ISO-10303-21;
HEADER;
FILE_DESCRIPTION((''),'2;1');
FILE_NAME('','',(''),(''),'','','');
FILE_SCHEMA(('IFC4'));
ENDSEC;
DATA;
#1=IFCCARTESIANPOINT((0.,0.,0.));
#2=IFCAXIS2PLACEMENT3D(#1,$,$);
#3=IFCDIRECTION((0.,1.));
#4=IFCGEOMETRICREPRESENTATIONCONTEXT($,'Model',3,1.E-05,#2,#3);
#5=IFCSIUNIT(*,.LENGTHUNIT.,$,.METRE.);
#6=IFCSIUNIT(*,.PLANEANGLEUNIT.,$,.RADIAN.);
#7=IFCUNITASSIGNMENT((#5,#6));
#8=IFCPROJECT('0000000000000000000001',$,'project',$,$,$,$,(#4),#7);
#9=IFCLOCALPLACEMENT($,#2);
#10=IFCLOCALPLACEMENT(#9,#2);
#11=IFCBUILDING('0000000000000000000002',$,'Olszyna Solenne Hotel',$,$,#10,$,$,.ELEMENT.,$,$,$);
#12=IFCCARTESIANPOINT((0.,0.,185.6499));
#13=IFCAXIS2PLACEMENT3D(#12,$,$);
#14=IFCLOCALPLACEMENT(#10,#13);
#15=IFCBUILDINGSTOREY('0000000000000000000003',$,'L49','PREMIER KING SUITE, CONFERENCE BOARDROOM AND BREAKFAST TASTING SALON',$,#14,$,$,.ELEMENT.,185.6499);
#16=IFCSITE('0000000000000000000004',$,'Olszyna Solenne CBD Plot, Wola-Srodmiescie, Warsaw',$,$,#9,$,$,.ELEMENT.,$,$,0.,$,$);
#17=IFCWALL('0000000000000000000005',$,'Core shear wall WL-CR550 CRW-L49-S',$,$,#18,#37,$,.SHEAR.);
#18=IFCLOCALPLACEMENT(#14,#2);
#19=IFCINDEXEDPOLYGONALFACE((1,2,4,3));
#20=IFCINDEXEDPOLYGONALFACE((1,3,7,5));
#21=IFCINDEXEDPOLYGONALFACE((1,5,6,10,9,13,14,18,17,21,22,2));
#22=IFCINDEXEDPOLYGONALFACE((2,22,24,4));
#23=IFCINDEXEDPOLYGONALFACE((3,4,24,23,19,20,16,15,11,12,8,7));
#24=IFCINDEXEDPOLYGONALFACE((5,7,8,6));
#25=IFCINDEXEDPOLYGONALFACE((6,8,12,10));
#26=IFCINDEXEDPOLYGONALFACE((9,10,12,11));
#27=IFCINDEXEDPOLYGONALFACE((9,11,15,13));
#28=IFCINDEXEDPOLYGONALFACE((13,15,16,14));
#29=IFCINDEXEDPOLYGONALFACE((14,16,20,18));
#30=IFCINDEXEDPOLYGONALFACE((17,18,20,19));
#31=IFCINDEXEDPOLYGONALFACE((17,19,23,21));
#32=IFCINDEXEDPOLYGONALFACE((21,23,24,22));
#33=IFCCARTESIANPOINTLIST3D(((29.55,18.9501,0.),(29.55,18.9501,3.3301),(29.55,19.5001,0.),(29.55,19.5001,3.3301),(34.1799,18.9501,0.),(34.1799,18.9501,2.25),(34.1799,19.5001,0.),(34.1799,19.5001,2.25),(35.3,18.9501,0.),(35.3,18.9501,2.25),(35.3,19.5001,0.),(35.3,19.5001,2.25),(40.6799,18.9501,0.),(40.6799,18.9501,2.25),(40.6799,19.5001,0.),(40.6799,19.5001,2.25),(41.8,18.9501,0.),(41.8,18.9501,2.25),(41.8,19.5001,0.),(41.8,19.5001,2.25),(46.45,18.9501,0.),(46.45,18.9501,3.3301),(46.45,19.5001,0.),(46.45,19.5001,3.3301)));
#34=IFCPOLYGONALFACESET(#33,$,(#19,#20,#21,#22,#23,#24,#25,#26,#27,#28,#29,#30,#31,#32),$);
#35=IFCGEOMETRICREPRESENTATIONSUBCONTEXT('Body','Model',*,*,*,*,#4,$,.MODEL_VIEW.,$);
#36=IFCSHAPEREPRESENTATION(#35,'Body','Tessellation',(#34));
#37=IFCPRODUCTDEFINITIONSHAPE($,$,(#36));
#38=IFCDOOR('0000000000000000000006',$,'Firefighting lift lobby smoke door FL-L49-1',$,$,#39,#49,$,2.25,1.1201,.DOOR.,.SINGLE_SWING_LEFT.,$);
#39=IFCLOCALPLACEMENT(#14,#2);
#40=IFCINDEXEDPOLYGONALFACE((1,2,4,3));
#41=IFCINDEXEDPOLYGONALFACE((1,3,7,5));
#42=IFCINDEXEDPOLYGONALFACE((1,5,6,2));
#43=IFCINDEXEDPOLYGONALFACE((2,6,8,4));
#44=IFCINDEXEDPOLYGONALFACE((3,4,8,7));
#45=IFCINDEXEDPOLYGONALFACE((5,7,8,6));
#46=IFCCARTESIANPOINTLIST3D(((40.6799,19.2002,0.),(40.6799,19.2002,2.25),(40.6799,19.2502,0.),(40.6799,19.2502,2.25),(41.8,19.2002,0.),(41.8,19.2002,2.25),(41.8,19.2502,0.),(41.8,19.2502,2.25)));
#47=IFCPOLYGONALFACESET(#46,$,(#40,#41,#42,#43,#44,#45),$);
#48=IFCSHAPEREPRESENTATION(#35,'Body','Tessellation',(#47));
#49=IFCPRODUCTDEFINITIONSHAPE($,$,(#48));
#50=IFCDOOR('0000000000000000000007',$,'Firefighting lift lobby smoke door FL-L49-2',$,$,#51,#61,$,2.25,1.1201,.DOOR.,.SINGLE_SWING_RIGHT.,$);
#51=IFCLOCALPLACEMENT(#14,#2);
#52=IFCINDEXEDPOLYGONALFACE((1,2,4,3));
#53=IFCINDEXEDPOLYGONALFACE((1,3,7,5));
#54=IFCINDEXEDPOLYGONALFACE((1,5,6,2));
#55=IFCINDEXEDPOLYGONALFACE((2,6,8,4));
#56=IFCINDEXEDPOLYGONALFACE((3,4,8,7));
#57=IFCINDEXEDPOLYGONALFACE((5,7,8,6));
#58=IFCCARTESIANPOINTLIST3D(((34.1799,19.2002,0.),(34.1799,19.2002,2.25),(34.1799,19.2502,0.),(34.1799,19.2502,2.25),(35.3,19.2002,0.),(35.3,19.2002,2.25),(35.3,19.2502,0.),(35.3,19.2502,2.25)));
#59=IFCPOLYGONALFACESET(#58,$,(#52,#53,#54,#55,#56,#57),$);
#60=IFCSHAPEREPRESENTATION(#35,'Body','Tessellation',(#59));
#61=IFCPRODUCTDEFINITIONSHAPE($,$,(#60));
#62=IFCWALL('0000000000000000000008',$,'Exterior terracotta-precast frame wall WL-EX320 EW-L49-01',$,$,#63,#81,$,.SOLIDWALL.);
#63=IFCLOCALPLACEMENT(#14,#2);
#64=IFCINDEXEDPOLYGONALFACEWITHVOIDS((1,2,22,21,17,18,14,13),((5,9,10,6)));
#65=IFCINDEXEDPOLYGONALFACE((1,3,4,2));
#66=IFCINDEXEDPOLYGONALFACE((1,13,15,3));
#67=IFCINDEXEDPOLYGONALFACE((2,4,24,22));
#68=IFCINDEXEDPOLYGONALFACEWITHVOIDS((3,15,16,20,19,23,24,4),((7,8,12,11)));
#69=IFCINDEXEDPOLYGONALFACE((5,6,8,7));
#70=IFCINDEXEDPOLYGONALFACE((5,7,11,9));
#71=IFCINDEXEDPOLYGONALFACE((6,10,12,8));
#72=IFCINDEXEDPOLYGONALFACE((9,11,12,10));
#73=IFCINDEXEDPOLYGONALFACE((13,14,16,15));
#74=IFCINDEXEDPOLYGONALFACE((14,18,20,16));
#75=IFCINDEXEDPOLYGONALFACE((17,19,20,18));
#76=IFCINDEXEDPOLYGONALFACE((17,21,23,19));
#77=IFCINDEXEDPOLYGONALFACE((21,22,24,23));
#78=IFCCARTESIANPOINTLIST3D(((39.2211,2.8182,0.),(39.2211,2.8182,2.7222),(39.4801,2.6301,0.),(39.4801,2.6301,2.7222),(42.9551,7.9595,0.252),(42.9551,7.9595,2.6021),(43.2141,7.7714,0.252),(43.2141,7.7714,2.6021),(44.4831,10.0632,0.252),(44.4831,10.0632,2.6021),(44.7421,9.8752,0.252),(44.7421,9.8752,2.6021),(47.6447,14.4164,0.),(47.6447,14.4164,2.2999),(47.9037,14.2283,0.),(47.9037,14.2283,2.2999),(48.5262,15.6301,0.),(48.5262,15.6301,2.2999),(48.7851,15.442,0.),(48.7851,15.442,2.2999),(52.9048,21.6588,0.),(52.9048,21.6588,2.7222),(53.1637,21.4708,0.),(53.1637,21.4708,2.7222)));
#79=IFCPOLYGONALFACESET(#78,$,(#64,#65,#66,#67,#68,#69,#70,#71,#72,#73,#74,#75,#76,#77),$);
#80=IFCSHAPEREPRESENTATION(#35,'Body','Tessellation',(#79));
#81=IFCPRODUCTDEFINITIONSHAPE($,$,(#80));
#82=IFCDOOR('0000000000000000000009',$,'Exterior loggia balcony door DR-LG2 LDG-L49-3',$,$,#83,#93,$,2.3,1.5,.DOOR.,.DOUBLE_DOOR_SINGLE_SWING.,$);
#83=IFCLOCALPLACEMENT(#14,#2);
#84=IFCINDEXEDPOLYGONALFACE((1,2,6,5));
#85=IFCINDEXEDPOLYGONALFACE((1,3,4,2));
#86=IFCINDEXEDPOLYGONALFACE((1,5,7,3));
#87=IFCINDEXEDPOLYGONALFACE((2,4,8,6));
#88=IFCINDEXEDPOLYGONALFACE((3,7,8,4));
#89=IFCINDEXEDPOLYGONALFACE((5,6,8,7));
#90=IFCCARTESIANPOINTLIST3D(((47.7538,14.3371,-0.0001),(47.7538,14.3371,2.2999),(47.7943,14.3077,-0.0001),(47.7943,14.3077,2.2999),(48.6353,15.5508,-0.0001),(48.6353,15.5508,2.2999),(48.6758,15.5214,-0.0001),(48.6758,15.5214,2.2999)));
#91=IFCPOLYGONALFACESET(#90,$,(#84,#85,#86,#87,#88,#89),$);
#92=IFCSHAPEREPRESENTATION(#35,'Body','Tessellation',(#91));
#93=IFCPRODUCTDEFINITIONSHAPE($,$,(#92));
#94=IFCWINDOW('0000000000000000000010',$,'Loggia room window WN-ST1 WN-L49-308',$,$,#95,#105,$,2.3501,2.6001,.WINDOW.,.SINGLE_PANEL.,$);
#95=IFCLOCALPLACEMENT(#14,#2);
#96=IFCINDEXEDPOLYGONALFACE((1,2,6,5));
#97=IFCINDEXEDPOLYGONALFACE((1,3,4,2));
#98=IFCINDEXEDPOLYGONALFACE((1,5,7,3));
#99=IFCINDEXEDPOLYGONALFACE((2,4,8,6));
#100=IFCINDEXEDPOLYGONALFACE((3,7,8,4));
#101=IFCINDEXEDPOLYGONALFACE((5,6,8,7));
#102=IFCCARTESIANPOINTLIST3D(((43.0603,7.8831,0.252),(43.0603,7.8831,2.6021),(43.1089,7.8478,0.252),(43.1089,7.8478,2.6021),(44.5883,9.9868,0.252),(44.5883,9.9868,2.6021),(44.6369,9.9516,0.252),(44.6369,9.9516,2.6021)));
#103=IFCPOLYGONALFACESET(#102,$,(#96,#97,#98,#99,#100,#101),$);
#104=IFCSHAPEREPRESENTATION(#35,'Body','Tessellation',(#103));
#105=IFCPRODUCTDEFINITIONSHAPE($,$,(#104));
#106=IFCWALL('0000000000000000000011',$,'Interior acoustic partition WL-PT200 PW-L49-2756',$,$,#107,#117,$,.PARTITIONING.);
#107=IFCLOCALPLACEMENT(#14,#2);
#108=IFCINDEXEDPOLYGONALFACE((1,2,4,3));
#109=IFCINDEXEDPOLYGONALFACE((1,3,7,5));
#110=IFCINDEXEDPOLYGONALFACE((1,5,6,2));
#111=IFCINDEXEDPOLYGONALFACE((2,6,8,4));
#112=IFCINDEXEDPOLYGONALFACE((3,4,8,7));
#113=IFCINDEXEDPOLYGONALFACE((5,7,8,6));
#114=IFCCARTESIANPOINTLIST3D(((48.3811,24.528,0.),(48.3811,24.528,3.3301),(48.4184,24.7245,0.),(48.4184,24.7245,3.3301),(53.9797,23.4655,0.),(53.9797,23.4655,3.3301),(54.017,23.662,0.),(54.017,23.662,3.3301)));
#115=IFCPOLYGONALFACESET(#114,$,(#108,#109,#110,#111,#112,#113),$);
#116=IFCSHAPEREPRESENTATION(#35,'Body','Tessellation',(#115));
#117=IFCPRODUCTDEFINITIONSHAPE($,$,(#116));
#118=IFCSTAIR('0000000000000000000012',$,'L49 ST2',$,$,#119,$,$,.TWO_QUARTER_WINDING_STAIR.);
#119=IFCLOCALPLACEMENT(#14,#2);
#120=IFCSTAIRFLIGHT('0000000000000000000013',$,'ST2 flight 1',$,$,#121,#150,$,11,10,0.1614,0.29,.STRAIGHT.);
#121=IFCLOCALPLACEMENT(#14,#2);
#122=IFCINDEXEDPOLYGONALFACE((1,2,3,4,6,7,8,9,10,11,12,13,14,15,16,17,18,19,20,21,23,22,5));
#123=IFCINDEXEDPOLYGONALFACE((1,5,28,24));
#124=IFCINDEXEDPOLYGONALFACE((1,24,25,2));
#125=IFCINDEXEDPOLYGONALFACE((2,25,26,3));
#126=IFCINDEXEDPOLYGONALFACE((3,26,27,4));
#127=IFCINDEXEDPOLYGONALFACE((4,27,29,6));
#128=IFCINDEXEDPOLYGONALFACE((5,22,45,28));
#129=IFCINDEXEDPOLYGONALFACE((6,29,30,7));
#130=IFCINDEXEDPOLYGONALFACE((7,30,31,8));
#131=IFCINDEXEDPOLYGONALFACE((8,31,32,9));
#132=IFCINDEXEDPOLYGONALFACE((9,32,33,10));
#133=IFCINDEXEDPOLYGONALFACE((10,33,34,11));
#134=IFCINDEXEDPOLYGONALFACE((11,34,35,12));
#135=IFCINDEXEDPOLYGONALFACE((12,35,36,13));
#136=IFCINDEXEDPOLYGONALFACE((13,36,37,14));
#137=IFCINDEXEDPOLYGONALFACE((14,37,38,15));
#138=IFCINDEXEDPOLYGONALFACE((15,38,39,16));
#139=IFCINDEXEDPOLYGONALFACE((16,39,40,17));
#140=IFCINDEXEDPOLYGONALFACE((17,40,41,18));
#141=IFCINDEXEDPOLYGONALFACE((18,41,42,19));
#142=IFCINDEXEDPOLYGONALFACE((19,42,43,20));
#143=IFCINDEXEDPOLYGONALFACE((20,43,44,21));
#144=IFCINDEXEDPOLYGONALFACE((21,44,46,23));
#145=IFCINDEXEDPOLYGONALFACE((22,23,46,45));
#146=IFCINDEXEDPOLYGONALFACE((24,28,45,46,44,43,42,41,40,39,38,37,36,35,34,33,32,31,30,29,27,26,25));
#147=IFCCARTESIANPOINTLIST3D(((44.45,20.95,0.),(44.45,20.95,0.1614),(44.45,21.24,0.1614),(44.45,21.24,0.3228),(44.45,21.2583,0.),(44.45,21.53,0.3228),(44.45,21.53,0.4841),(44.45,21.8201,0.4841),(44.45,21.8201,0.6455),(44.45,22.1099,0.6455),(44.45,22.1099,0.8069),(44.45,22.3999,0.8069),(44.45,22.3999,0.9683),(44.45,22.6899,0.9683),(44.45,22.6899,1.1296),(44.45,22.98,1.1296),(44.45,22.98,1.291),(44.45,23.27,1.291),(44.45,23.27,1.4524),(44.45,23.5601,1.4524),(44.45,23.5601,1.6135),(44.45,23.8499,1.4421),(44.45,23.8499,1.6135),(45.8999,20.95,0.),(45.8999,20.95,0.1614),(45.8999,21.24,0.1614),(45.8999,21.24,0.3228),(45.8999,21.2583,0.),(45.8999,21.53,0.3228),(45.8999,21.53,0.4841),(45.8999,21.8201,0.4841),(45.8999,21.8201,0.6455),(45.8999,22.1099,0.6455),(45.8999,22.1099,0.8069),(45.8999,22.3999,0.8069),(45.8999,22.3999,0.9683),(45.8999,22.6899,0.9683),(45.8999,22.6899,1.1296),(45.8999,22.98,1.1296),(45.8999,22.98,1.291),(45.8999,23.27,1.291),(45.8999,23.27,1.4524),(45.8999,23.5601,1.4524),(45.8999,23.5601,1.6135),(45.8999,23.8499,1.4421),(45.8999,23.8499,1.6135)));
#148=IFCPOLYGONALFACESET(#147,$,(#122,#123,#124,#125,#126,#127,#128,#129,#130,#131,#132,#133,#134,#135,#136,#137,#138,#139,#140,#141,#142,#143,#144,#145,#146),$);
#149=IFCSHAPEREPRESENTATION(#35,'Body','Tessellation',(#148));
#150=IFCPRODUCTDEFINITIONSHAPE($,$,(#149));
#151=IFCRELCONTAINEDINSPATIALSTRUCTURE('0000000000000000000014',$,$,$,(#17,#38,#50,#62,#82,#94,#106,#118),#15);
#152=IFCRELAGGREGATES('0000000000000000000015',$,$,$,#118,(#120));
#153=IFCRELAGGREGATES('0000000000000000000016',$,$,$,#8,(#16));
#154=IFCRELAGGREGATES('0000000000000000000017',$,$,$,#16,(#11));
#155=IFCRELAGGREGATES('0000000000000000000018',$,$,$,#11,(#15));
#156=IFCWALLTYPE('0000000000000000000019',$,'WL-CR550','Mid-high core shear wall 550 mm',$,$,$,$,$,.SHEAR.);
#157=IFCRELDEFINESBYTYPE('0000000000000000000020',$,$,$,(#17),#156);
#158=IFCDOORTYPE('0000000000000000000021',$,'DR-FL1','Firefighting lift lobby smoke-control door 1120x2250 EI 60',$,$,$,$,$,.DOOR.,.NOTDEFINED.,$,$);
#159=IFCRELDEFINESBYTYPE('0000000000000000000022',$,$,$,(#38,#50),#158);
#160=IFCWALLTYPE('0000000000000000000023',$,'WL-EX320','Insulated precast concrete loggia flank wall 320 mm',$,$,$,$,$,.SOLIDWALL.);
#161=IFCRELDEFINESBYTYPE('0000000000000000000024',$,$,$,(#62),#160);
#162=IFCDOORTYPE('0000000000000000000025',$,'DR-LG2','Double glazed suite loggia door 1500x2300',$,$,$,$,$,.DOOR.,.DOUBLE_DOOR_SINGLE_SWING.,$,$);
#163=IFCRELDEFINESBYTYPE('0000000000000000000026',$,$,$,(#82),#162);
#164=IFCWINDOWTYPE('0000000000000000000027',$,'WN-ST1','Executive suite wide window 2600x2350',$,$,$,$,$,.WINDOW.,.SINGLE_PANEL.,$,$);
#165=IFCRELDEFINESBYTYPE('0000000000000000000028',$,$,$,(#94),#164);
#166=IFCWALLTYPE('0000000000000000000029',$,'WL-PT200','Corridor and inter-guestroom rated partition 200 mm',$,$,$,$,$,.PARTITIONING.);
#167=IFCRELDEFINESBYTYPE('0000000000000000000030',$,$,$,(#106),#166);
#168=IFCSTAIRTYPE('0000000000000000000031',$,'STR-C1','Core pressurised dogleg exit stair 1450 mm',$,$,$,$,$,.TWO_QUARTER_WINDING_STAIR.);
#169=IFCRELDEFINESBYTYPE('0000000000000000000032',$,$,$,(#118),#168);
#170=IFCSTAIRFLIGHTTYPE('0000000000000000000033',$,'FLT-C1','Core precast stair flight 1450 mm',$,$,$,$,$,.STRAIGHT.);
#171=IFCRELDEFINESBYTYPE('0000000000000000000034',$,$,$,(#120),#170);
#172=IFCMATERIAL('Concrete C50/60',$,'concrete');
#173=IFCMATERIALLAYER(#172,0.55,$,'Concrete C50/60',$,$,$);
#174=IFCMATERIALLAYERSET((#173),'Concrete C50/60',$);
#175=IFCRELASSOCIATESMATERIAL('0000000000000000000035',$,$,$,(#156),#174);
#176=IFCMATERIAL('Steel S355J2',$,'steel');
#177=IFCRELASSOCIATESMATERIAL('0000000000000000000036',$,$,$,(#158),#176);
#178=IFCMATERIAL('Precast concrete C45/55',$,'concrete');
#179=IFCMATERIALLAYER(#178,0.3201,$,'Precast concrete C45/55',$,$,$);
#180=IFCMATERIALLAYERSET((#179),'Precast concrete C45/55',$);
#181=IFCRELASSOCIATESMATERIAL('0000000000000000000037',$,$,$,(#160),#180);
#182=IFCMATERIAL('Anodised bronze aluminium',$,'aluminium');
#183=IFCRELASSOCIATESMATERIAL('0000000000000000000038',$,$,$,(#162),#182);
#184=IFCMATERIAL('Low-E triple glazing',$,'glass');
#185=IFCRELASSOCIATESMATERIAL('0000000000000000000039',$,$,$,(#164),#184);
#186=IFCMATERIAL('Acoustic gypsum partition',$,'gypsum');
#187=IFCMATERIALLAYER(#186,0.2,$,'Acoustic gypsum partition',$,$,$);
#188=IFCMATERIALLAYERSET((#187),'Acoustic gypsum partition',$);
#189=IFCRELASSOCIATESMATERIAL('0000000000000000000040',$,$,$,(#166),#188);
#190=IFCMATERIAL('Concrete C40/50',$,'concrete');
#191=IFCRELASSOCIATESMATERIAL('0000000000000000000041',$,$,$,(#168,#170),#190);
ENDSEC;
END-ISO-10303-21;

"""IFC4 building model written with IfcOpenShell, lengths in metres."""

from ifc_helpers import new_model, si_unit, direction, frame, frame_2d, origin, place, context, subcontext, project, spatial, polyline, rectangle, outline, extrude, source, transform, mapped, material, layer, layer_set, type_object, type_shapes, element, fill, aggregate, save


model = new_model("IFC4")

# Units and contexts
model_context = context("Model", 3, precision=1e-05, world=origin(), true_north=direction((0.0, 1.0)))
body_context = subcontext(model_context, "Body", "Model", "MODEL_VIEW")
ifc_project = project(units=[si_unit("LENGTHUNIT", "METRE"), si_unit("PLANEANGLEUNIT", "RADIAN")], contexts=[model_context])

# Site, building, storey
site_placement = place(None, origin())
site = spatial("IfcSite", under=ifc_project, at=site_placement, Name="Olszyna Solenne CBD Plot, Wola-Srodmiescie, Warsaw", CompositionType="ELEMENT", RefElevation=0.0)
building_placement = place(site_placement, origin())
building = spatial("IfcBuilding", under=site, at=building_placement, Name="Olszyna Solenne Hotel", CompositionType="ELEMENT")
storey_placement = place(building_placement, frame((0.0, 0.0, 185.6499)))
storey = spatial("IfcBuildingStorey", under=building, at=storey_placement, Name="L49", Description="PREMIER KING SUITE, CONFERENCE BOARDROOM AND BREAKFAST TASTING SALON", CompositionType="ELEMENT", Elevation=185.6499)

# Shared definitions
ifc_material_1 = material(Name="Steel S355J2", Category="steel")
ifc_material_2 = material(Name="Concrete C50/60", Category="concrete")

# Wall, openings, doors
ifc_layer_1 = layer(ifc_material_2, 0.55, Name="Concrete C50/60")
ifc_layer_set_1 = layer_set([ifc_layer_1], Name="Concrete C50/60")
wall_type_1 = type_object("IfcWallType", Name="WL-CR550", Description="Mid-high core shear wall 550 mm", PredefinedType="SHEAR", material=ifc_layer_set_1)
wall_1_placement = place(storey_placement, frame((46.45, 19.2251, 0.0), z_axis=(0.0, 0.0, 1.0), x_axis=(-1.0, 0.0, 0.0)))
wall_1 = element("IfcWall", 1, at=wall_1_placement, inside=storey, type_object=wall_type_1, Name="Core shear wall WL-CR550 CRW-L49-S", PredefinedType="SHEAR", context=body_context, shape_type="SweptSolid", body=[
    extrude(rectangle(XDim=16.8999, YDim=0.55, at=frame_2d((8.45, 0.0))), origin(), (0.0, 0.0, 1.0), 3.3301),
])
opening_1_placement = place(wall_1_placement, frame((4.6499, 0.0, 0.0)))
opening_1 = element("IfcOpeningElement", 2, at=opening_1_placement, cuts=wall_1, PredefinedType="OPENING", context=body_context, shape_type="SweptSolid", body=[
    extrude(rectangle(XDim=1.1201, YDim=2.25, at=frame_2d((0.5601, 1.125))), frame((0.0, 0.2852, 0.0), z_axis=(0.0, -1.0, 0.0), x_axis=(1.0, 0.0, 0.0)), (0.0, 0.0, 1.0), 0.5701),
])
opening_2_placement = place(wall_1_placement, frame((11.1499, 0.0, 0.0)))
opening_2 = element("IfcOpeningElement", 3, at=opening_2_placement, cuts=wall_1, PredefinedType="OPENING", context=body_context, shape_type="SweptSolid", body=[
    extrude(rectangle(XDim=1.1201, YDim=2.25, at=frame_2d((0.5601, 1.125))), frame((0.0, 0.2852, 0.0), z_axis=(0.0, -1.0, 0.0), x_axis=(1.0, 0.0, 0.0)), (0.0, 0.0, 1.0), 0.5701),
])
door_type_1 = type_object("IfcDoorType", Name="DR-FL1", Description="Firefighting lift lobby smoke-control door 1120x2250 EI 60", OperationType="NOTDEFINED", PredefinedType="DOOR", material=ifc_material_1)
shared_shape_1 = source(origin(), body_context, "Body", "SweptSolid", [
    extrude(rectangle(XDim=1.1201, YDim=2.25, at=frame_2d((0.5601, 1.125))), frame((0.0, 0.0249, 0.0), z_axis=(0.0, -1.0, 0.0), x_axis=(1.0, 0.0, 0.0)), (0.0, 0.0, 1.0), 0.05),
])
type_shapes(door_type_1, [shared_shape_1])
door_1_placement = place(opening_1_placement, origin())
door_1 = element("IfcDoor", 4, at=door_1_placement, inside=storey, type_object=door_type_1, Name="Firefighting lift lobby smoke door FL-L49-1", OperationType="SINGLE_SWING_LEFT", OverallHeight=2.25, OverallWidth=1.1201, PredefinedType="DOOR", context=body_context, shape_type="MappedRepresentation", body=[
    mapped(shared_shape_1, transform((0.0, 0.0, 0.0), x_axis=(1.0, 0.0, 0.0), y_axis=(0.0, 1.0, 0.0), z_axis=(0.0, 0.0, 1.0), scale=1.0)),
])
fill(opening_1, door_1)
door_2_placement = place(opening_2_placement, origin())
door_2 = element("IfcDoor", 5, at=door_2_placement, inside=storey, type_object=door_type_1, Name="Firefighting lift lobby smoke door FL-L49-2", OperationType="SINGLE_SWING_RIGHT", OverallHeight=2.25, OverallWidth=1.1201, PredefinedType="DOOR", context=body_context, shape_type="MappedRepresentation", body=[
    mapped(shared_shape_1, transform((0.0, 0.0, 0.0), x_axis=(1.0, 0.0, 0.0), y_axis=(0.0, 1.0, 0.0), z_axis=(0.0, 0.0, 1.0), scale=1.0)),
])
fill(opening_2, door_2)

# Wall, openings, door, window
ifc_material_3 = material(Name="Precast concrete C45/55", Category="concrete")
ifc_layer_2 = layer(ifc_material_3, 0.3201, Name="Precast concrete C45/55")
ifc_layer_set_2 = layer_set([ifc_layer_2], Name="Precast concrete C45/55")
wall_type_2 = type_object("IfcWallType", Name="WL-EX320", Description="Insulated precast concrete loggia flank wall 320 mm", PredefinedType="SOLIDWALL", material=ifc_layer_set_2)
wall_2_placement = place(storey_placement, frame((53.0342, 21.5647, 0.0), z_axis=(0.0, 0.0, 1.0), x_axis=(-0.587648, -0.809117, 0.0)))
wall_2 = element("IfcWall", 6, at=wall_2_placement, inside=storey, type_object=wall_type_2, Name="Exterior terracotta-precast frame wall WL-EX320 EW-L49-01", PredefinedType="SOLIDWALL", context=body_context, shape_type="SweptSolid", body=[
    extrude(rectangle(XDim=23.2854, YDim=0.3201, at=frame_2d((11.6426, 0.0))), origin(), (0.0, 0.0, 1.0), 2.7222),
])
opening_3_placement = place(wall_2_placement, frame((7.4509, 0.0, 0.0)))
opening_3 = element("IfcOpeningElement", 7, at=opening_3_placement, cuts=wall_2, PredefinedType="OPENING", context=body_context, shape_type="SweptSolid", body=[
    extrude(rectangle(XDim=1.5, YDim=2.3, at=frame_2d((0.75, 1.1499))), frame((0.0, 0.1699, 0.0), z_axis=(0.0, -1.0, 0.0), x_axis=(1.0, 0.0, 0.0)), (0.0, 0.0, 1.0), 0.3401),
])
opening_4_placement = place(wall_2_placement, frame((14.3311, 0.0, 0.252)))
opening_4 = element("IfcOpeningElement", 8, at=opening_4_placement, cuts=wall_2, PredefinedType="OPENING", context=body_context, shape_type="SweptSolid", body=[
    extrude(rectangle(XDim=2.6001, YDim=2.3501, at=frame_2d((1.3, 1.175))), frame((0.0, 0.1699, 0.0), z_axis=(0.0, -1.0, 0.0), x_axis=(1.0, 0.0, 0.0)), (0.0, 0.0, 1.0), 0.3401),
])
ifc_material_4 = material(Name="Anodised bronze aluminium", Category="aluminium")
door_type_2 = type_object("IfcDoorType", Name="DR-LG2", Description="Double glazed suite loggia door 1500x2300", OperationType="DOUBLE_DOOR_SINGLE_SWING", PredefinedType="DOOR", material=ifc_material_4)
shared_shape_2 = source(origin(), body_context, "Body", "SweptSolid", [
    extrude(rectangle(XDim=1.5, YDim=2.3, at=frame_2d((0.75, 1.1499))), frame((0.0, 0.0249, 0.0), z_axis=(0.0, -1.0, 0.0), x_axis=(1.0, 0.0, 0.0)), (0.0, 0.0, 1.0), 0.05),
])
type_shapes(door_type_2, [shared_shape_2])
door_3_placement = place(opening_3_placement, origin())
door_3 = element("IfcDoor", 9, at=door_3_placement, inside=storey, type_object=door_type_2, Name="Exterior loggia balcony door DR-LG2 LDG-L49-3", OperationType="DOUBLE_DOOR_SINGLE_SWING", OverallHeight=2.3, OverallWidth=1.5, PredefinedType="DOOR", context=body_context, shape_type="MappedRepresentation", body=[
    mapped(shared_shape_2, transform((0.0, 0.0, 0.0), x_axis=(1.0, 0.0, 0.0), y_axis=(0.0, 1.0, 0.0), z_axis=(0.0, 0.0, 1.0), scale=1.0)),
])
fill(opening_3, door_3)
ifc_material_5 = material(Name="Low-E triple glazing", Category="glass")
window_type = type_object("IfcWindowType", Name="WN-ST1", Description="Executive suite wide window 2600x2350", PartitioningType="SINGLE_PANEL", PredefinedType="WINDOW", material=ifc_material_5)
shared_shape_3 = source(origin(), body_context, "Body", "SweptSolid", [
    extrude(rectangle(XDim=2.6001, YDim=2.3501, at=frame_2d((1.3, 1.175))), frame((0.0, 0.03, 0.0), z_axis=(0.0, -1.0, 0.0), x_axis=(1.0, 0.0, 0.0)), (0.0, 0.0, 1.0), 0.0601),
])
type_shapes(window_type, [shared_shape_3])
window_placement = place(opening_4_placement, origin())
window = element("IfcWindow", 10, at=window_placement, inside=storey, type_object=window_type, Name="Loggia room window WN-ST1 WN-L49-308", OverallHeight=2.3501, OverallWidth=2.6001, PartitioningType="SINGLE_PANEL", PredefinedType="WINDOW", context=body_context, shape_type="MappedRepresentation", body=[
    mapped(shared_shape_3, transform((0.0, 0.0, 0.0), x_axis=(1.0, 0.0, 0.0), y_axis=(0.0, 1.0, 0.0), z_axis=(0.0, 0.0, 1.0), scale=1.0)),
])
fill(opening_4, window)

# Wall
ifc_material_6 = material(Name="Acoustic gypsum partition", Category="gypsum")
ifc_layer_3 = layer(ifc_material_6, 0.2, Name="Acoustic gypsum partition")
ifc_layer_set_3 = layer_set([ifc_layer_3], Name="Acoustic gypsum partition")
wall_type_3 = type_object("IfcWallType", Name="WL-PT200", Description="Corridor and inter-guestroom rated partition 200 mm", PredefinedType="PARTITIONING", material=ifc_layer_set_3)
wall_3_placement = place(storey_placement, frame((48.3999, 24.6262, 0.0), z_axis=(0.0, 0.0, 1.0), x_axis=(0.982464, -0.186451, 0.0)))
element("IfcWall", 11, at=wall_3_placement, inside=storey, type_object=wall_type_3, Name="Interior acoustic partition WL-PT200 PW-L49-2756", PredefinedType="PARTITIONING", context=body_context, shape_type="SweptSolid", body=[
    extrude(rectangle(XDim=5.6985, YDim=0.2, at=frame_2d((2.8491, 0.0))), origin(), (0.0, 0.0, 1.0), 3.3301),
])

# Stair, stair flight
ifc_material_7 = material(Name="Concrete C40/50", Category="concrete")
stair_type = type_object("IfcStairType", Name="STR-C1", Description="Core pressurised dogleg exit stair 1450 mm", PredefinedType="TWO_QUARTER_WINDING_STAIR", material=ifc_material_7)
stair_placement = place(storey_placement, origin())
stair = element("IfcStair", 12, at=stair_placement, inside=storey, type_object=stair_type, Name="L49 ST2", PredefinedType="TWO_QUARTER_WINDING_STAIR")
stair_flight_type = type_object("IfcStairFlightType", Name="FLT-C1", Description="Core precast stair flight 1450 mm", PredefinedType="STRAIGHT", material=ifc_material_7)
stair_flight_placement = place(storey_placement, frame((45.175, 20.95, 0.0), z_axis=(0.0, 0.0, 1.0), x_axis=(0.0, 1.0, 0.0)))
stair_flight = element("IfcStairFlight", 13, at=stair_flight_placement, type_object=stair_flight_type, Name="ST2 flight 1", NumberOfRisers=11, NumberOfTreads=10, PredefinedType="STRAIGHT", RiserHeight=0.1614, TreadLength=0.29, context=body_context, shape_type="SweptSolid", body=[
    extrude(outline(polyline([(0.0, 0.0), (0.0, 0.1614), (0.29, 0.1614), (0.29, 0.3228), (0.5801, 0.3228), (0.5801, 0.4841), (0.8701, 0.4841), (0.8701, 0.6455), (1.1599, 0.6455), (1.1599, 0.8069), (1.45, 0.8069), (1.45, 0.9683), (1.74, 0.9683), (1.74, 1.1296), (2.03, 1.1296), (2.03, 1.291), (2.3201, 1.291), (2.3201, 1.4524), (2.6101, 1.4524), (2.6101, 1.6135), (2.8999, 1.6135), (2.8999, 1.7749), (2.8999, 1.4421), (0.3083, 0.0), (0.0, 0.0)])), frame((0.0, 0.7251, 0.0), z_axis=(0.0, -1.0, 0.0), x_axis=(1.0, 0.0, 0.0)), (0.0, 0.0, 1.0), 1.45),
])
aggregate(stair, [stair_flight])

save(model, "model.ifc")
